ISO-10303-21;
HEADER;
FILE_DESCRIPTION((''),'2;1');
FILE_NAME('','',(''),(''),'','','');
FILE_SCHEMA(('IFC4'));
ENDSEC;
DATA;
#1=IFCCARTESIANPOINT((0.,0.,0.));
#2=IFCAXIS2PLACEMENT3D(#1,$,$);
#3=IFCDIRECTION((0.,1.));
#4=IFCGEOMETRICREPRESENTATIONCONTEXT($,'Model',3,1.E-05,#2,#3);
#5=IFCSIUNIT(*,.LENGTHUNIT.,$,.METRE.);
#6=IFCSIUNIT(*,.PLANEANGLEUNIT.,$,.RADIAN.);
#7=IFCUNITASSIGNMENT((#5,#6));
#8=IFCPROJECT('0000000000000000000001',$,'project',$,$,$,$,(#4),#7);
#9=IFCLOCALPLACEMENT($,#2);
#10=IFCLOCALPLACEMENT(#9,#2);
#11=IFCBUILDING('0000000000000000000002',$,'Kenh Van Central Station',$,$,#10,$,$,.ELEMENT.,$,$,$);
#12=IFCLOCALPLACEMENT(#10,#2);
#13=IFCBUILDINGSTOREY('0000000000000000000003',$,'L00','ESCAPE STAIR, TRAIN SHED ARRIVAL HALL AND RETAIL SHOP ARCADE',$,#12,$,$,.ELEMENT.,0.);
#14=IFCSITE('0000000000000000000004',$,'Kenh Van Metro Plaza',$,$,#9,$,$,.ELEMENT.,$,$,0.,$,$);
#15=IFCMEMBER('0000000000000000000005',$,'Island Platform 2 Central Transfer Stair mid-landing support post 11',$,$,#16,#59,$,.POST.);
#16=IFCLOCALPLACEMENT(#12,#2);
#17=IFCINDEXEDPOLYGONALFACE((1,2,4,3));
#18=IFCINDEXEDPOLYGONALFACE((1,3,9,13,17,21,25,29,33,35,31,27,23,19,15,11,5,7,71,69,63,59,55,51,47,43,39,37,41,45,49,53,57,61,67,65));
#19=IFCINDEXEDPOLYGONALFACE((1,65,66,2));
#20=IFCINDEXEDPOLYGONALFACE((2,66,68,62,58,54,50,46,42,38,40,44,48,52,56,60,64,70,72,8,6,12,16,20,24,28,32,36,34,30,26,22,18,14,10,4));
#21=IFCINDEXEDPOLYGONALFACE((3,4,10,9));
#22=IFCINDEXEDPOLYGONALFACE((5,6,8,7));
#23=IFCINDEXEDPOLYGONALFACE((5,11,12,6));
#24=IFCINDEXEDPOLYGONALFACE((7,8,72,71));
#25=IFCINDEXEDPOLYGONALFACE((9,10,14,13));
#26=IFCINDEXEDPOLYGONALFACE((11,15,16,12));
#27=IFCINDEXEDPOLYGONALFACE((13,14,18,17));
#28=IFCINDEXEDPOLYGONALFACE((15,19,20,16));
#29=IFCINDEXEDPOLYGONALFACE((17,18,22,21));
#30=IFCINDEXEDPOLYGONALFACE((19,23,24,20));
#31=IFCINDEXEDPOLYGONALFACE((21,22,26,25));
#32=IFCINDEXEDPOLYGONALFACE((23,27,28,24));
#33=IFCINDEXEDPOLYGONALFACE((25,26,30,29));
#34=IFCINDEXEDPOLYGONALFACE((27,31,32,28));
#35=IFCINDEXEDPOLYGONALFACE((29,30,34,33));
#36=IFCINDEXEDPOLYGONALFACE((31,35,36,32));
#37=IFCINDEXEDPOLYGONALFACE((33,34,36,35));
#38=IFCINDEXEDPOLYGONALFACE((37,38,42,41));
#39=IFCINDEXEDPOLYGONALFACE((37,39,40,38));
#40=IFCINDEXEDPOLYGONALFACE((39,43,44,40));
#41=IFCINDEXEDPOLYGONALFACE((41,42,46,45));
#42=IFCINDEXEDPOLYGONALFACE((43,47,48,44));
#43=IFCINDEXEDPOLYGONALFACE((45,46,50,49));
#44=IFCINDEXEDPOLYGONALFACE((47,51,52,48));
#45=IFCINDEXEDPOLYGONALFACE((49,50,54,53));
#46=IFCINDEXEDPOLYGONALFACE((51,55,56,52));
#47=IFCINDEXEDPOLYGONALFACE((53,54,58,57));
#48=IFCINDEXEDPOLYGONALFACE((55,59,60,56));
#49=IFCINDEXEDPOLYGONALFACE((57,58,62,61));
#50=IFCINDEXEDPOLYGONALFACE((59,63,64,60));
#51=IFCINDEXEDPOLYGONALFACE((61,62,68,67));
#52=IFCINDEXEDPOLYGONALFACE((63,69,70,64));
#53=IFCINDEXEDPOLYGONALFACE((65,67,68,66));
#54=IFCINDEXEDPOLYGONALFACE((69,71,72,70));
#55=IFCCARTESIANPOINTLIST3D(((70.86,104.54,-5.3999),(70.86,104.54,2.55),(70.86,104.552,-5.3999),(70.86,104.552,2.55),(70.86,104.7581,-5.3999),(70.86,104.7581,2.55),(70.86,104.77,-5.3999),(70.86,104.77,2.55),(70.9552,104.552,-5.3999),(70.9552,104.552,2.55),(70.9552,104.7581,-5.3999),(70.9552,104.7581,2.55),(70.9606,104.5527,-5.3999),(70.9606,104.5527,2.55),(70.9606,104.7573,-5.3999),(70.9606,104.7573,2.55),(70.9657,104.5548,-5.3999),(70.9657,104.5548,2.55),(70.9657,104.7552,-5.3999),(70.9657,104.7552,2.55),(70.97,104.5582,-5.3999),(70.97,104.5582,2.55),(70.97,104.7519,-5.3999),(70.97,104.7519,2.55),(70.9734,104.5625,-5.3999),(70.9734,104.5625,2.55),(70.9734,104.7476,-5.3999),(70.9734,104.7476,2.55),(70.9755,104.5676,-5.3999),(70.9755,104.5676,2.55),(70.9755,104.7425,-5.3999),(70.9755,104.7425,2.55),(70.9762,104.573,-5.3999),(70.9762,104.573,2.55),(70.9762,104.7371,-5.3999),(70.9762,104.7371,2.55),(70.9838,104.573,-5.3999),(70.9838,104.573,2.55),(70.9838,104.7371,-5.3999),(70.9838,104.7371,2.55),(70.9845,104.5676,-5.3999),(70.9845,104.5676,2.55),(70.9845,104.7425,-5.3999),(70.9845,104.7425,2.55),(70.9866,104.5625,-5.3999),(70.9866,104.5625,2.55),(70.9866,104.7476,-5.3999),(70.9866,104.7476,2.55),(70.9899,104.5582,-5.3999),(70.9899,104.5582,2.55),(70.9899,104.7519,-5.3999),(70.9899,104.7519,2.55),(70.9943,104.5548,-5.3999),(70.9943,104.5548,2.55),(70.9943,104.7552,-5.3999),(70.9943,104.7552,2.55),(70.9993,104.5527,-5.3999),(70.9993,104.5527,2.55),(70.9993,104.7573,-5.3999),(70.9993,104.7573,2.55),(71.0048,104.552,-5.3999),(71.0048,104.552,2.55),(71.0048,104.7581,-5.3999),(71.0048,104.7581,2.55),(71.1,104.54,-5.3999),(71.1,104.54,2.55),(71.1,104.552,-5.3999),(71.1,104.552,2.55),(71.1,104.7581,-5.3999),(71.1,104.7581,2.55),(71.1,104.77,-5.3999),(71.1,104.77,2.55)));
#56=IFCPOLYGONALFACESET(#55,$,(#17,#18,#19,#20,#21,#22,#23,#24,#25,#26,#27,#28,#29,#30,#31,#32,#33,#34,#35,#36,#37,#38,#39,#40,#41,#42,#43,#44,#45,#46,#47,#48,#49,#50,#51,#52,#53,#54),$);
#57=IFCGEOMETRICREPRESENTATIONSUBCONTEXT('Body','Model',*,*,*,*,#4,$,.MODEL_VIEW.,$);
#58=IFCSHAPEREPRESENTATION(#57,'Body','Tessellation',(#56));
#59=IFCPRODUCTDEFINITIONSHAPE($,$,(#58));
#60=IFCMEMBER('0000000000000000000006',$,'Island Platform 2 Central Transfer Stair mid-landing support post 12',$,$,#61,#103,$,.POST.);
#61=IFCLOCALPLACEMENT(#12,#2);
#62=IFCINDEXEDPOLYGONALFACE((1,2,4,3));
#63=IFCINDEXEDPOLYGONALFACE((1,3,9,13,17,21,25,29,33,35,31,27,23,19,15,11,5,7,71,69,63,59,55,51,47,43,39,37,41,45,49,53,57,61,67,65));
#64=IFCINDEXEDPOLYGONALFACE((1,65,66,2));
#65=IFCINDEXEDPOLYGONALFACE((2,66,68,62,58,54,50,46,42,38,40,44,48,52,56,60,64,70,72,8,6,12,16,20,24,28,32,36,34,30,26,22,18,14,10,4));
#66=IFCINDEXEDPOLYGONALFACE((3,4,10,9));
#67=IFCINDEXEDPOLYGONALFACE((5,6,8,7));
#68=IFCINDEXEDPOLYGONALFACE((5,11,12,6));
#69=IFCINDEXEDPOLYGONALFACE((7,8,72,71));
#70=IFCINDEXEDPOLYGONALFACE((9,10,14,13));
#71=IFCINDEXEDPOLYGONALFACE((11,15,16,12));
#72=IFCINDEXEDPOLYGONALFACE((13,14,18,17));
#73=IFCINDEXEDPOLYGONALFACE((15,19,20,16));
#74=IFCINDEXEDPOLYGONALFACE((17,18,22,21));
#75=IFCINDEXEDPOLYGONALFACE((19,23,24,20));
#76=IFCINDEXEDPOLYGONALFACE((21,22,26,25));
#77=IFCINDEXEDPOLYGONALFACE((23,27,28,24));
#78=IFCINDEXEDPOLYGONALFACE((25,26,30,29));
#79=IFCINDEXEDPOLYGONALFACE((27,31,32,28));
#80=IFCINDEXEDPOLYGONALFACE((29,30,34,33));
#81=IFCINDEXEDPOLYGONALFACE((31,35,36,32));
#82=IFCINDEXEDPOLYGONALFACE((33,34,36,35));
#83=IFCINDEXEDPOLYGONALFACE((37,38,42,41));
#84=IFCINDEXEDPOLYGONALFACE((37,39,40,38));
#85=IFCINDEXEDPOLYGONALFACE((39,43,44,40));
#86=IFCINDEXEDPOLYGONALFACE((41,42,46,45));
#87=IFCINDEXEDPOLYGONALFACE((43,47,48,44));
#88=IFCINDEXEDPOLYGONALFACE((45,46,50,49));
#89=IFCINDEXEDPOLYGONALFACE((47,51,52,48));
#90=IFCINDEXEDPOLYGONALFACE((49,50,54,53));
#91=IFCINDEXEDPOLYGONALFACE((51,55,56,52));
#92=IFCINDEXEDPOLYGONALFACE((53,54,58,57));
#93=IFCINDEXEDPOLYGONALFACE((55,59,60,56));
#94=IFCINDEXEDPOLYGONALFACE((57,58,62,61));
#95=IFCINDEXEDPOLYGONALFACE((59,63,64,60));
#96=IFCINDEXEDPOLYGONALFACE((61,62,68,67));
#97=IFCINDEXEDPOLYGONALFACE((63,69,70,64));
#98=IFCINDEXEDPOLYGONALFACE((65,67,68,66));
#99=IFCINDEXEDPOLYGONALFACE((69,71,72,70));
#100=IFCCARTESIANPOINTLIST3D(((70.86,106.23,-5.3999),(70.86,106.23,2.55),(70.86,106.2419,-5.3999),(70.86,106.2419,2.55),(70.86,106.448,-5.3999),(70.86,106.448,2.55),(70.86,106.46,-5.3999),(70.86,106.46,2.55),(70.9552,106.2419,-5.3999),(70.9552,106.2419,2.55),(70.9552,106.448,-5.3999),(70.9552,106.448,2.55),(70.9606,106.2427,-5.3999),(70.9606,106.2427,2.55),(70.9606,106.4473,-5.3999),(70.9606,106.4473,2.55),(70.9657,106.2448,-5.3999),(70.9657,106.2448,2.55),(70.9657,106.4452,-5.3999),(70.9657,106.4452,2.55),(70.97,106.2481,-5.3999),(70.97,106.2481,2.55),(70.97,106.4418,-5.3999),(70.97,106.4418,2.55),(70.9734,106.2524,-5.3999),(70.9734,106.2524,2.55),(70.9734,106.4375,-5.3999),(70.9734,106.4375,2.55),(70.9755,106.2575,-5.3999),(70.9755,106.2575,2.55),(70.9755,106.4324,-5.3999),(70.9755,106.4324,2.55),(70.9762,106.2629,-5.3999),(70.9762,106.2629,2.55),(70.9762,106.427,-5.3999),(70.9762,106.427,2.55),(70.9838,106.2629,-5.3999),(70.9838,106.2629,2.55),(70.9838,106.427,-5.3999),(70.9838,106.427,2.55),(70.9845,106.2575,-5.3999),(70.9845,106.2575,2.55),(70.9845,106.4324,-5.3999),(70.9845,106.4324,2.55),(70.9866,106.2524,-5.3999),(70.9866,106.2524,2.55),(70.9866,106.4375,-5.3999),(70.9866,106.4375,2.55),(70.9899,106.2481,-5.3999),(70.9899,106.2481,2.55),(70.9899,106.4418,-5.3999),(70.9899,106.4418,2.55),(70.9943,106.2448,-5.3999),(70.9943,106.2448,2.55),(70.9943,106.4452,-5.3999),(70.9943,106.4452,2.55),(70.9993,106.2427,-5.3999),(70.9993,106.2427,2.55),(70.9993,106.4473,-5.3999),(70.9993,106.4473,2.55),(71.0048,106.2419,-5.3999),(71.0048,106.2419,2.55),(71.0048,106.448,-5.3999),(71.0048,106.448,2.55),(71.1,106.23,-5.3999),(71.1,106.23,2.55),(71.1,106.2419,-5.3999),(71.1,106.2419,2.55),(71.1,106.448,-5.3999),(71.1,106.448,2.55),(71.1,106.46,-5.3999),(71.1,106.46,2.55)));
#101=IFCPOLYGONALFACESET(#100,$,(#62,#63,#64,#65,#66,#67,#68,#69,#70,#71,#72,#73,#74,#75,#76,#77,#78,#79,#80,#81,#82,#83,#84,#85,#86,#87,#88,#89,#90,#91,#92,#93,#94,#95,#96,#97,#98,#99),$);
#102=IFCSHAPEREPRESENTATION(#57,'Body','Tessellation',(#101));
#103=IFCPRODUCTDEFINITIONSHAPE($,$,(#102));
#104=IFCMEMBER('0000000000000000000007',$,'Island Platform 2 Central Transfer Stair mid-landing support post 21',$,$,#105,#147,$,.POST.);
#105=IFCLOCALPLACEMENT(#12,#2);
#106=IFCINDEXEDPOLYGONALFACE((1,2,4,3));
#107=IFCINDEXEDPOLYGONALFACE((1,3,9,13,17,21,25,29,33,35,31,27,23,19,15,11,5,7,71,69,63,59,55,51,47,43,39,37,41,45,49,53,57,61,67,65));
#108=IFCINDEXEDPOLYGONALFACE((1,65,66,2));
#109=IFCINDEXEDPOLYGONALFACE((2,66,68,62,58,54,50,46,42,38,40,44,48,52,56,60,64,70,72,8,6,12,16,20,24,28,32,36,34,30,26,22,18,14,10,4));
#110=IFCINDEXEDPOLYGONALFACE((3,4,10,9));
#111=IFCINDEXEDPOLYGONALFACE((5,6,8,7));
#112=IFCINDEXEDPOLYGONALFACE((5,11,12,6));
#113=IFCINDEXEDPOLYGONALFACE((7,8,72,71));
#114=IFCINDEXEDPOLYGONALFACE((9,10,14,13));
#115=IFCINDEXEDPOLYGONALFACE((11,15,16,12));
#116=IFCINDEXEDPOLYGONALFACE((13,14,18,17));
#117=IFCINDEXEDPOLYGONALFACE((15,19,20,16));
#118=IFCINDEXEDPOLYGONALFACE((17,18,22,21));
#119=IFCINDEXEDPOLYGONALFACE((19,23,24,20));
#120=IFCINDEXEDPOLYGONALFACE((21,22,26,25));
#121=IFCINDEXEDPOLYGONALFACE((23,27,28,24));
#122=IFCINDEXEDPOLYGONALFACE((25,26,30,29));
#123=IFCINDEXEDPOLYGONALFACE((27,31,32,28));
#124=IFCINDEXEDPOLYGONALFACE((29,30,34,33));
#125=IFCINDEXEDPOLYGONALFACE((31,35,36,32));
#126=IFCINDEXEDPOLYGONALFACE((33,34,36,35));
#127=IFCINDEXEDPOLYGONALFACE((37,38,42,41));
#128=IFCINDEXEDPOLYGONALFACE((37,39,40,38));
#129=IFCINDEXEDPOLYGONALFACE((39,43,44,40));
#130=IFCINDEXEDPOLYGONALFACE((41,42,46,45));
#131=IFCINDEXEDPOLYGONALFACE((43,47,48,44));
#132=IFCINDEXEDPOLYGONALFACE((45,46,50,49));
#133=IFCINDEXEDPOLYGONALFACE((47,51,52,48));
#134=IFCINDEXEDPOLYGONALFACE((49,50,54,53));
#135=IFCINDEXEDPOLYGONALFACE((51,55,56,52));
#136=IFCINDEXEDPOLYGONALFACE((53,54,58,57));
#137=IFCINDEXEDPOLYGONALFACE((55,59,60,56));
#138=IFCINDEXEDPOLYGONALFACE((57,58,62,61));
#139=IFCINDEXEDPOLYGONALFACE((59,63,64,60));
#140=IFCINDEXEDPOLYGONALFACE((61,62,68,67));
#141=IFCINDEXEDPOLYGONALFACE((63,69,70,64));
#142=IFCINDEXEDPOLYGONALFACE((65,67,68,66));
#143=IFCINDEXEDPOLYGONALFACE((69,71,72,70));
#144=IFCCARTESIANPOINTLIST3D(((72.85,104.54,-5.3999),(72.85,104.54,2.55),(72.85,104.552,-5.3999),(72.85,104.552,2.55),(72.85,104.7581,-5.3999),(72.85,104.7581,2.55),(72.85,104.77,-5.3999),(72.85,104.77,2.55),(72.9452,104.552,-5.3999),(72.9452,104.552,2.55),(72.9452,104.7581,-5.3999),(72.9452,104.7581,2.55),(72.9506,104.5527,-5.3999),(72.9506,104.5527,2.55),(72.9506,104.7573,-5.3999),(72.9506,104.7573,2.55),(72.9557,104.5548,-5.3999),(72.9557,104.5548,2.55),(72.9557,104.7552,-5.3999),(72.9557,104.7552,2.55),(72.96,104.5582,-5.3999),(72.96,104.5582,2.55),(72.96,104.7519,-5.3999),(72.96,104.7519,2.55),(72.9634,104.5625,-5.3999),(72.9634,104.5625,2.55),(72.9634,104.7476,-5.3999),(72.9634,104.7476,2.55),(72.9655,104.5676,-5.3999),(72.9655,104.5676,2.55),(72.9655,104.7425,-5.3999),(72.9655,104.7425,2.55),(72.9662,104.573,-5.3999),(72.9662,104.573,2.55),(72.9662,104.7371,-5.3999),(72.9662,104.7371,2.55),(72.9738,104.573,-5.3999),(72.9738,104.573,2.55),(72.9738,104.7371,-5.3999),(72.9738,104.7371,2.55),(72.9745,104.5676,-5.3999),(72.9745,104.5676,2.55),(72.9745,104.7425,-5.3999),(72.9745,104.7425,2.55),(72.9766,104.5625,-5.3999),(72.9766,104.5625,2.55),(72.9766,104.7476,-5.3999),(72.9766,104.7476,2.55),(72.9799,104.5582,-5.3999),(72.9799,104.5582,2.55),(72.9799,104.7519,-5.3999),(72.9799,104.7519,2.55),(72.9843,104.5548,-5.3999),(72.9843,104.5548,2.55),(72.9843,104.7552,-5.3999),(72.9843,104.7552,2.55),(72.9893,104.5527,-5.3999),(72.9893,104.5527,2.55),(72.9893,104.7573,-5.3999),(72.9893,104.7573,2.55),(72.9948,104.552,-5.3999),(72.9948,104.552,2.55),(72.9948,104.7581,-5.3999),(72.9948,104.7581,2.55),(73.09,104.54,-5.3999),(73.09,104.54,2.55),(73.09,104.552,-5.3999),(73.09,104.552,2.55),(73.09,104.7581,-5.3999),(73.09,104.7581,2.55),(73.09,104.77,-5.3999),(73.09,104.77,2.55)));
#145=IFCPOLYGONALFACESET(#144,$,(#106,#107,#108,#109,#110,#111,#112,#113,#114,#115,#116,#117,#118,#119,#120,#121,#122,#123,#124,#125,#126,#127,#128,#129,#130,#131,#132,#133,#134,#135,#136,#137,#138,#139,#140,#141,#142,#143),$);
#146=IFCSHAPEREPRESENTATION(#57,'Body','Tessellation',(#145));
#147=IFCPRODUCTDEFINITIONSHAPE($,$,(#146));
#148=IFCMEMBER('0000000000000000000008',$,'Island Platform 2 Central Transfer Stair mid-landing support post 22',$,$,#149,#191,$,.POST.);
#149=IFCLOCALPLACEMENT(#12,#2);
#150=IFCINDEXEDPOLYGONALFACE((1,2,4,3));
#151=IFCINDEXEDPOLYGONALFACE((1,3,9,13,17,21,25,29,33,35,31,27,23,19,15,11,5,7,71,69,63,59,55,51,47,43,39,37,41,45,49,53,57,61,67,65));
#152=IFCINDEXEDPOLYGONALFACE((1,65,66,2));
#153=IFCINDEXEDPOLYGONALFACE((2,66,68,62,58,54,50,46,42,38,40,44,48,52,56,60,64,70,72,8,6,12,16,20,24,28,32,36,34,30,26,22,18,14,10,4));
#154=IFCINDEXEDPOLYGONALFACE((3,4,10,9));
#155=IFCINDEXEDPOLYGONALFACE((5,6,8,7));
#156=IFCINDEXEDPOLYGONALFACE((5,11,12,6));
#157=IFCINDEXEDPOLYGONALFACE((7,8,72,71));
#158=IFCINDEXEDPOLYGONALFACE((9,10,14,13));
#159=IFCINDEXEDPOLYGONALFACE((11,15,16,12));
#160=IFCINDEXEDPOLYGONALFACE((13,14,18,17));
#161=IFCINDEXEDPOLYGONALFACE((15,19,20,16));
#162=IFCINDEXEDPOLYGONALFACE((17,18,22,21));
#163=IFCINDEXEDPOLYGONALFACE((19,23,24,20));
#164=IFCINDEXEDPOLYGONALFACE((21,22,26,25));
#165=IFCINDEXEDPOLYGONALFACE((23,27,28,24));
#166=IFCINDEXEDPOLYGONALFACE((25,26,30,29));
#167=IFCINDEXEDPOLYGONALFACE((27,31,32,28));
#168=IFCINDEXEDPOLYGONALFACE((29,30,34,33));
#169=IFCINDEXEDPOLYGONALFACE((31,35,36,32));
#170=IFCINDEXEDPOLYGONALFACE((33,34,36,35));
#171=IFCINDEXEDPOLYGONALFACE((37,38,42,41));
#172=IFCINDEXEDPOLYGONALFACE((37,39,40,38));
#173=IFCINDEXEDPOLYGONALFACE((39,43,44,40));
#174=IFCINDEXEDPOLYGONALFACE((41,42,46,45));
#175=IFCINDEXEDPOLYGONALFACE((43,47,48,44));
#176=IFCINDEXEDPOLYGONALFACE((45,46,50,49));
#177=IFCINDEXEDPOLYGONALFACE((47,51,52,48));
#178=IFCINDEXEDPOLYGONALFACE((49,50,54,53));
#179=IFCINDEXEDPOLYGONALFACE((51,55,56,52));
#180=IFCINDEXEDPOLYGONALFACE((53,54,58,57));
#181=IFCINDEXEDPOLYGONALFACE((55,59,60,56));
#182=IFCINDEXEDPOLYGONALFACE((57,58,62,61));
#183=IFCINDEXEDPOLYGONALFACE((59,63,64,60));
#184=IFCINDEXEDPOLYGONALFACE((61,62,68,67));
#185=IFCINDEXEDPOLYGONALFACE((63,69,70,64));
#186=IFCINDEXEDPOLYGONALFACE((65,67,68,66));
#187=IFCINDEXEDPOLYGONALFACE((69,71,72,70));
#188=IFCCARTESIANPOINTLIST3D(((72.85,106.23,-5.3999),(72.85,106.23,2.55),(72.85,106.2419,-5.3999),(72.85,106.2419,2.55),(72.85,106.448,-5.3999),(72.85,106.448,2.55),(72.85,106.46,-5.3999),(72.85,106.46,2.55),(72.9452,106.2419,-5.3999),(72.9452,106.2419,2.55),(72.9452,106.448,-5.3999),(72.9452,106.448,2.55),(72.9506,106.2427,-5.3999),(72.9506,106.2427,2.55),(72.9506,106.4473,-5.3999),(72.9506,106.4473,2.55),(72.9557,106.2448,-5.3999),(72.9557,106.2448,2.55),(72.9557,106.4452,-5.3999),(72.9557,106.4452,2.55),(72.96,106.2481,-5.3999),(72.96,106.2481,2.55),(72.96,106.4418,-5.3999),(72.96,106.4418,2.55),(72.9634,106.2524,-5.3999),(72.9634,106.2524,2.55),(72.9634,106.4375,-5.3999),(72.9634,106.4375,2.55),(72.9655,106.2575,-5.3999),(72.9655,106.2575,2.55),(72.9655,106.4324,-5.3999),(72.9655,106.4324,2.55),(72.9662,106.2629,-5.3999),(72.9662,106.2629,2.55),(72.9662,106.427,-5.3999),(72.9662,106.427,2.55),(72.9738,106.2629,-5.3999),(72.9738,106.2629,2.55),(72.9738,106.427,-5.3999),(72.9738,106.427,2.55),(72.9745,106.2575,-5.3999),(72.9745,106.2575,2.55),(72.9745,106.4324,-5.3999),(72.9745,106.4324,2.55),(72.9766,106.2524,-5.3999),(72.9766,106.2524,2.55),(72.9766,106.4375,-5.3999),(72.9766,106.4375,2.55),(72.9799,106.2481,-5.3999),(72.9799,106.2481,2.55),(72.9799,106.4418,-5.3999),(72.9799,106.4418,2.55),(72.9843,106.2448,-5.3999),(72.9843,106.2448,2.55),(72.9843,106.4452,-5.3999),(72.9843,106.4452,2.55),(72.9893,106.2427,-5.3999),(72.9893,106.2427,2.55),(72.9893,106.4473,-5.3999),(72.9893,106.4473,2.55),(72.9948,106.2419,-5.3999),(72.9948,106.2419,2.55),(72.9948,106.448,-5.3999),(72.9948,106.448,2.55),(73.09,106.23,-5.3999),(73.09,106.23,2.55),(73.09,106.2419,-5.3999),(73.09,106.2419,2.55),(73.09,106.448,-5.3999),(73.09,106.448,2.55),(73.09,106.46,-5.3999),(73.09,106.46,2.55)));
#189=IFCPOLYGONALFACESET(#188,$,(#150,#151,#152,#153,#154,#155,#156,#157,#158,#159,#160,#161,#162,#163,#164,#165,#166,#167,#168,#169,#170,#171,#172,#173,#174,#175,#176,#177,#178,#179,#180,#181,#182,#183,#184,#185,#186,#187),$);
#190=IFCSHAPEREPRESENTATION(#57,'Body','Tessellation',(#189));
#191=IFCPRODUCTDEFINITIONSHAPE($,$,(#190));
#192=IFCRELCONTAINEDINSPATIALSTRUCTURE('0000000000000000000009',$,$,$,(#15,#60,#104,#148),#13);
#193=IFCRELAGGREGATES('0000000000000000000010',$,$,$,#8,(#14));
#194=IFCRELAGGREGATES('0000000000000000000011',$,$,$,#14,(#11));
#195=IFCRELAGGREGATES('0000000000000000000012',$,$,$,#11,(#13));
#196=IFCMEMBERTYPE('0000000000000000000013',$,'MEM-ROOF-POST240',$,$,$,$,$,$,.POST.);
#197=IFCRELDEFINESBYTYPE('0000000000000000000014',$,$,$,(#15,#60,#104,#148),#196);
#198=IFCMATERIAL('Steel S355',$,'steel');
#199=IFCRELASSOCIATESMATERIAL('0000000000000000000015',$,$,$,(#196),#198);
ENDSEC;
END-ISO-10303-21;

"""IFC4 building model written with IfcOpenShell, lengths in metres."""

from ifc_helpers import new_model, si_unit, direction, frame, origin, origin_2d, place, context, subcontext, project, spatial, i_section, extrude, material, material_profile, profile_set, type_object, element, save


model = new_model("IFC4")

# Units and contexts
model_context = context("Model", 3, precision=1e-05, world=origin(), true_north=direction((0.0, 1.0)))
body_context = subcontext(model_context, "Body", "Model", "MODEL_VIEW")
ifc_project = project(units=[si_unit("LENGTHUNIT", "METRE"), si_unit("PLANEANGLEUNIT", "RADIAN")], contexts=[model_context])

# Site, building, storey
site_placement = place(None, origin())
site = spatial("IfcSite", under=ifc_project, at=site_placement, Name="Kenh Van Metro Plaza", CompositionType="ELEMENT", RefElevation=0.0)
building_placement = place(site_placement, origin())
building = spatial("IfcBuilding", under=site, at=building_placement, Name="Kenh Van Central Station", CompositionType="ELEMENT")
storey_placement = place(building_placement, origin())
storey = spatial("IfcBuildingStorey", under=building, at=storey_placement, Name="L00", Description="ESCAPE STAIR, TRAIN SHED ARRIVAL HALL AND RETAIL SHOP ARCADE", CompositionType="ELEMENT", Elevation=0.0)

# Members
ifc_material_1 = material(Name="Steel S355", Category="steel")
ifc_material_profile_1 = material_profile(ifc_material_1, i_section(OverallWidth=0.24, OverallDepth=0.23, WebThickness=0.0076, FlangeThickness=0.012, FilletRadius=0.021, at=origin_2d()), Name="HEA 240")
ifc_profile_set_1 = profile_set([ifc_material_profile_1], Name="Steel S355")
member_type = type_object("IfcMemberType", Name="MEM-ROOF-POST240", PredefinedType="POST", material=ifc_profile_set_1)
for number, where, z_axis, x_axis, name in (
    (1, (70.98, 104.655, -5.3999), (0.0, 0.0, 1.0), (1.0, 0.0, 0.0), "Island Platform 2 Central Transfer Stair mid-landing support post 11"),
    (2, (70.98, 106.345, -5.3999), (0.0, 0.0, 1.0), (1.0, 0.0, 0.0), "Island Platform 2 Central Transfer Stair mid-landing support post 12"),
    (3, (72.97, 104.655, -5.3999), (0.0, 0.0, 1.0), (1.0, 0.0, 0.0), "Island Platform 2 Central Transfer Stair mid-landing support post 21"),
    (4, (72.97, 106.345, -5.3999), (0.0, 0.0, 1.0), (1.0, 0.0, 0.0), "Island Platform 2 Central Transfer Stair mid-landing support post 22"),
):
    element("IfcMember", number, at=place(storey_placement, frame(where, z_axis=z_axis, x_axis=x_axis)), inside=storey, type_object=member_type, Name=name, PredefinedType="POST", context=body_context, shape_type="SweptSolid", body=[
        extrude(i_section(OverallWidth=0.24, OverallDepth=0.23, WebThickness=0.0076, FlangeThickness=0.012, FilletRadius=0.021, at=origin_2d()), origin(), (0.0, 0.0, 1.0), 7.95),
    ])

save(model, "model.ifc")
